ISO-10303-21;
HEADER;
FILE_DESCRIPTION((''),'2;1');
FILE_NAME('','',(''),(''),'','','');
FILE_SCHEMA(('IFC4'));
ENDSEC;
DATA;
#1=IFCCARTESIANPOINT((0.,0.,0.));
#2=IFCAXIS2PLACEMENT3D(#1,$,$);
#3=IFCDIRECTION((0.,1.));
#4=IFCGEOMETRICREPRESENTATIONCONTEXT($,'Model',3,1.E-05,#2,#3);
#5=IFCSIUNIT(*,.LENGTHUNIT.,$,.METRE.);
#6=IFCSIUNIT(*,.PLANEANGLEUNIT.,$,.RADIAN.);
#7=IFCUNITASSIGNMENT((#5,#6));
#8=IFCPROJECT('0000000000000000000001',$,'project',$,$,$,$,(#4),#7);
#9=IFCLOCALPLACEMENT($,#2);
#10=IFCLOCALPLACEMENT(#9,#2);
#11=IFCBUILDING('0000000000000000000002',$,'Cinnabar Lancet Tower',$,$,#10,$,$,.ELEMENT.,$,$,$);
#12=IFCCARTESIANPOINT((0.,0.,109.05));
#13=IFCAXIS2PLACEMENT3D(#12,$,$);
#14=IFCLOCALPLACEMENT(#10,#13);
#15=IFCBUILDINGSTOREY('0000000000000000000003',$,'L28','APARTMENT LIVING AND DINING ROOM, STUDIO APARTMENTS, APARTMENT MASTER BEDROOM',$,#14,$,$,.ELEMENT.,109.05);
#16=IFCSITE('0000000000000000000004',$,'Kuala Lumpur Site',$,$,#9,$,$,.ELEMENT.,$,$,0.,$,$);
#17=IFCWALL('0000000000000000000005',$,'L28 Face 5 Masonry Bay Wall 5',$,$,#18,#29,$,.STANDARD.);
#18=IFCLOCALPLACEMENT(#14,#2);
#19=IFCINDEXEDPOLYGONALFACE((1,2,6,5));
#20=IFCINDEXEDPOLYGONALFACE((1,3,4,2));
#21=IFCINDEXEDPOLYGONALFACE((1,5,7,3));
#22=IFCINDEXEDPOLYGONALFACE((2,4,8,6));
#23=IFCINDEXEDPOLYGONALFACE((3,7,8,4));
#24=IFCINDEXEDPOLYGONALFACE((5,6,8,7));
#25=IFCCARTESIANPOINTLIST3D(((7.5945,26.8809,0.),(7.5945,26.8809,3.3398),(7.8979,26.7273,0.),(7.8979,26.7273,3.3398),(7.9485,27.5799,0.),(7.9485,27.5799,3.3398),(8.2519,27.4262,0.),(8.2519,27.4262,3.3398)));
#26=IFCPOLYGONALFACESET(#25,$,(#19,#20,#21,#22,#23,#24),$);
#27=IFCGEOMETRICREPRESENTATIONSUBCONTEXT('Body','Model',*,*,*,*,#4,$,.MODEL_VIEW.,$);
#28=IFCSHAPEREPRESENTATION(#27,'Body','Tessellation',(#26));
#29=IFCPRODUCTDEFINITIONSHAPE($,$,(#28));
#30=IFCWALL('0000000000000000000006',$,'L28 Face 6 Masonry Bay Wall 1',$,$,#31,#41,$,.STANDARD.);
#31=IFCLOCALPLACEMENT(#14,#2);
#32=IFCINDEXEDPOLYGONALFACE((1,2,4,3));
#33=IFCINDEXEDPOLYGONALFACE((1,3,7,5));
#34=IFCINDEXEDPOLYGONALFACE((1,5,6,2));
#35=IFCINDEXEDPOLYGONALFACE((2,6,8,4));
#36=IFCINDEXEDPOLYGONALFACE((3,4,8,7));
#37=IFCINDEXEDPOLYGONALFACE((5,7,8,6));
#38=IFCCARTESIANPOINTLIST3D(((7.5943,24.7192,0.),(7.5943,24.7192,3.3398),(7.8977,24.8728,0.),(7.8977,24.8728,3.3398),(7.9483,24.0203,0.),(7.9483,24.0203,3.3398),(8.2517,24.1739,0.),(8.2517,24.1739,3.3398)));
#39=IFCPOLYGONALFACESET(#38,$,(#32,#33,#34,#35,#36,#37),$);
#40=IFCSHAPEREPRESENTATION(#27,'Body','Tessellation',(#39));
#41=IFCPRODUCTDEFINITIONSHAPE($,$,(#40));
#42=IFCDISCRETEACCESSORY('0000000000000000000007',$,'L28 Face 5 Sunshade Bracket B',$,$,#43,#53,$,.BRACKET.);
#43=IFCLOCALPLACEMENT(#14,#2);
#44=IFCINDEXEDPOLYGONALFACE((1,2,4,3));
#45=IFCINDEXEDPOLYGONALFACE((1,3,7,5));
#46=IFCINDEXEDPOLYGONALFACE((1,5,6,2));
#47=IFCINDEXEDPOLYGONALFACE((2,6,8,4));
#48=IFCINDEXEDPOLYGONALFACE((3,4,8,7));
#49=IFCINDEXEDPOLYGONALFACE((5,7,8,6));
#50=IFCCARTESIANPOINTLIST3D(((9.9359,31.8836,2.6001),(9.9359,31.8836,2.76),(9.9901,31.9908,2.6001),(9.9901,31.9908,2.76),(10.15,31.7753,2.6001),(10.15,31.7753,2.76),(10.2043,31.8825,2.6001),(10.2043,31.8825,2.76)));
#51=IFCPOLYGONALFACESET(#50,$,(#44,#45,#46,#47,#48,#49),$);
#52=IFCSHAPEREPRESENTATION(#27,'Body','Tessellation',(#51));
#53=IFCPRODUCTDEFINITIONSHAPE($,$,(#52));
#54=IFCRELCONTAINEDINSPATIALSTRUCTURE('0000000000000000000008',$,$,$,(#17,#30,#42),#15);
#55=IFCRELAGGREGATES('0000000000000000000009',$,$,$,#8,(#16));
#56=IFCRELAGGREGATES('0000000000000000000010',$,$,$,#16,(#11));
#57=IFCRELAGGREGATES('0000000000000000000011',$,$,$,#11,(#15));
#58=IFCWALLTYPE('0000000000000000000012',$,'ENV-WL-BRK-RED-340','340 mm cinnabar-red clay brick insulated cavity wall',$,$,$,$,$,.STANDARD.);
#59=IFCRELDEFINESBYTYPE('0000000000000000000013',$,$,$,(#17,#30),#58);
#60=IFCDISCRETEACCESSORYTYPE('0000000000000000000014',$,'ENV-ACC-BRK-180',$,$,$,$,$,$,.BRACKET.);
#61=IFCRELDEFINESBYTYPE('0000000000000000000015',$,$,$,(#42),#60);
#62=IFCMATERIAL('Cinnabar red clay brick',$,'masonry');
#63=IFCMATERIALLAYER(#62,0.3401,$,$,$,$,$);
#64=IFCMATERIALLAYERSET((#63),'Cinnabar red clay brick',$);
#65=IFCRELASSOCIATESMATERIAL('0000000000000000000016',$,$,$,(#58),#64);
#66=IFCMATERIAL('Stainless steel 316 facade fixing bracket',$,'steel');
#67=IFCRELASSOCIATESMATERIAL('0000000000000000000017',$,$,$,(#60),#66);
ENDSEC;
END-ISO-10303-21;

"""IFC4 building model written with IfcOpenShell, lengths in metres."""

from ifc_helpers import new_model, si_unit, direction, frame, frame_2d, origin, origin_2d, place, context, subcontext, project, spatial, rectangle, extrude, material, layer, layer_set, type_object, element, save


model = new_model("IFC4")

# Units and contexts
model_context = context("Model", 3, precision=1e-05, world=origin(), true_north=direction((0.0, 1.0)))
body_context = subcontext(model_context, "Body", "Model", "MODEL_VIEW")
ifc_project = project(units=[si_unit("LENGTHUNIT", "METRE"), si_unit("PLANEANGLEUNIT", "RADIAN")], contexts=[model_context])

# Site, building, storey
site_placement = place(None, origin())
site = spatial("IfcSite", under=ifc_project, at=site_placement, Name="Kuala Lumpur Site", CompositionType="ELEMENT", RefElevation=0.0)
building_placement = place(site_placement, origin())
building = spatial("IfcBuilding", under=site, at=building_placement, Name="Cinnabar Lancet Tower", CompositionType="ELEMENT")
storey_placement = place(building_placement, frame((0.0, 0.0, 109.05)))
storey = spatial("IfcBuildingStorey", under=building, at=storey_placement, Name="L28", Description="APARTMENT LIVING AND DINING ROOM, STUDIO APARTMENTS, APARTMENT MASTER BEDROOM", CompositionType="ELEMENT", Elevation=109.05)

# Shared definitions
ifc_material_1 = material(Name="Cinnabar red clay brick", Category="masonry")
ifc_layer_1 = layer(ifc_material_1, 0.3401)
ifc_layer_set_1 = layer_set([ifc_layer_1], Name="Cinnabar red clay brick")
wall_type_1 = type_object("IfcWallType", Name="ENV-WL-BRK-RED-340", Description="340 mm cinnabar-red clay brick insulated cavity wall", PredefinedType="STANDARD", material=ifc_layer_set_1)

# Walls
for number, where, z_axis, x_axis, name in (
    (1, (8.1001, 27.5029, 0.0), (0.0, 0.0, 1.0), (-0.451819, -0.892109, 0.0), "L28 Face 5 Masonry Bay Wall 5"),
    (2, (7.7461, 24.7959, 0.0), (0.0, 0.0, 1.0), (0.451819, -0.892109, 0.0), "L28 Face 6 Masonry Bay Wall 1"),
):
    element("IfcWall", number, at=place(storey_placement, frame(where, z_axis=z_axis, x_axis=x_axis)), inside=storey, type_object=wall_type_1, Name=name, PredefinedType="STANDARD", context=body_context, shape_type="SweptSolid", body=[
        extrude(rectangle(XDim=0.7834, YDim=0.3401, at=frame_2d((0.3916, 0.0))), origin(), (0.0, 0.0, 1.0), 3.3398),
    ])

# Discrete accessory
ifc_material_2 = material(Name="Stainless steel 316 facade fixing bracket", Category="steel")
discrete_accessory_type = type_object("IfcDiscreteAccessoryType", Name="ENV-ACC-BRK-180", PredefinedType="BRACKET", material=ifc_material_2)
discrete_accessory_placement = place(storey_placement, frame((10.0701, 31.8831, 2.6001), z_axis=(0.0, 0.0, 1.0), x_axis=(-0.451454, -0.892294, 0.0)))
element("IfcDiscreteAccessory", 3, at=discrete_accessory_placement, inside=storey, type_object=discrete_accessory_type, Name="L28 Face 5 Sunshade Bracket B", PredefinedType="BRACKET", context=body_context, shape_type="SweptSolid", body=[
    extrude(rectangle(XDim=0.1201, YDim=0.24, at=origin_2d()), origin(), (0.0, 0.0, 1.0), 0.1599),
])

save(model, "model.ifc")
